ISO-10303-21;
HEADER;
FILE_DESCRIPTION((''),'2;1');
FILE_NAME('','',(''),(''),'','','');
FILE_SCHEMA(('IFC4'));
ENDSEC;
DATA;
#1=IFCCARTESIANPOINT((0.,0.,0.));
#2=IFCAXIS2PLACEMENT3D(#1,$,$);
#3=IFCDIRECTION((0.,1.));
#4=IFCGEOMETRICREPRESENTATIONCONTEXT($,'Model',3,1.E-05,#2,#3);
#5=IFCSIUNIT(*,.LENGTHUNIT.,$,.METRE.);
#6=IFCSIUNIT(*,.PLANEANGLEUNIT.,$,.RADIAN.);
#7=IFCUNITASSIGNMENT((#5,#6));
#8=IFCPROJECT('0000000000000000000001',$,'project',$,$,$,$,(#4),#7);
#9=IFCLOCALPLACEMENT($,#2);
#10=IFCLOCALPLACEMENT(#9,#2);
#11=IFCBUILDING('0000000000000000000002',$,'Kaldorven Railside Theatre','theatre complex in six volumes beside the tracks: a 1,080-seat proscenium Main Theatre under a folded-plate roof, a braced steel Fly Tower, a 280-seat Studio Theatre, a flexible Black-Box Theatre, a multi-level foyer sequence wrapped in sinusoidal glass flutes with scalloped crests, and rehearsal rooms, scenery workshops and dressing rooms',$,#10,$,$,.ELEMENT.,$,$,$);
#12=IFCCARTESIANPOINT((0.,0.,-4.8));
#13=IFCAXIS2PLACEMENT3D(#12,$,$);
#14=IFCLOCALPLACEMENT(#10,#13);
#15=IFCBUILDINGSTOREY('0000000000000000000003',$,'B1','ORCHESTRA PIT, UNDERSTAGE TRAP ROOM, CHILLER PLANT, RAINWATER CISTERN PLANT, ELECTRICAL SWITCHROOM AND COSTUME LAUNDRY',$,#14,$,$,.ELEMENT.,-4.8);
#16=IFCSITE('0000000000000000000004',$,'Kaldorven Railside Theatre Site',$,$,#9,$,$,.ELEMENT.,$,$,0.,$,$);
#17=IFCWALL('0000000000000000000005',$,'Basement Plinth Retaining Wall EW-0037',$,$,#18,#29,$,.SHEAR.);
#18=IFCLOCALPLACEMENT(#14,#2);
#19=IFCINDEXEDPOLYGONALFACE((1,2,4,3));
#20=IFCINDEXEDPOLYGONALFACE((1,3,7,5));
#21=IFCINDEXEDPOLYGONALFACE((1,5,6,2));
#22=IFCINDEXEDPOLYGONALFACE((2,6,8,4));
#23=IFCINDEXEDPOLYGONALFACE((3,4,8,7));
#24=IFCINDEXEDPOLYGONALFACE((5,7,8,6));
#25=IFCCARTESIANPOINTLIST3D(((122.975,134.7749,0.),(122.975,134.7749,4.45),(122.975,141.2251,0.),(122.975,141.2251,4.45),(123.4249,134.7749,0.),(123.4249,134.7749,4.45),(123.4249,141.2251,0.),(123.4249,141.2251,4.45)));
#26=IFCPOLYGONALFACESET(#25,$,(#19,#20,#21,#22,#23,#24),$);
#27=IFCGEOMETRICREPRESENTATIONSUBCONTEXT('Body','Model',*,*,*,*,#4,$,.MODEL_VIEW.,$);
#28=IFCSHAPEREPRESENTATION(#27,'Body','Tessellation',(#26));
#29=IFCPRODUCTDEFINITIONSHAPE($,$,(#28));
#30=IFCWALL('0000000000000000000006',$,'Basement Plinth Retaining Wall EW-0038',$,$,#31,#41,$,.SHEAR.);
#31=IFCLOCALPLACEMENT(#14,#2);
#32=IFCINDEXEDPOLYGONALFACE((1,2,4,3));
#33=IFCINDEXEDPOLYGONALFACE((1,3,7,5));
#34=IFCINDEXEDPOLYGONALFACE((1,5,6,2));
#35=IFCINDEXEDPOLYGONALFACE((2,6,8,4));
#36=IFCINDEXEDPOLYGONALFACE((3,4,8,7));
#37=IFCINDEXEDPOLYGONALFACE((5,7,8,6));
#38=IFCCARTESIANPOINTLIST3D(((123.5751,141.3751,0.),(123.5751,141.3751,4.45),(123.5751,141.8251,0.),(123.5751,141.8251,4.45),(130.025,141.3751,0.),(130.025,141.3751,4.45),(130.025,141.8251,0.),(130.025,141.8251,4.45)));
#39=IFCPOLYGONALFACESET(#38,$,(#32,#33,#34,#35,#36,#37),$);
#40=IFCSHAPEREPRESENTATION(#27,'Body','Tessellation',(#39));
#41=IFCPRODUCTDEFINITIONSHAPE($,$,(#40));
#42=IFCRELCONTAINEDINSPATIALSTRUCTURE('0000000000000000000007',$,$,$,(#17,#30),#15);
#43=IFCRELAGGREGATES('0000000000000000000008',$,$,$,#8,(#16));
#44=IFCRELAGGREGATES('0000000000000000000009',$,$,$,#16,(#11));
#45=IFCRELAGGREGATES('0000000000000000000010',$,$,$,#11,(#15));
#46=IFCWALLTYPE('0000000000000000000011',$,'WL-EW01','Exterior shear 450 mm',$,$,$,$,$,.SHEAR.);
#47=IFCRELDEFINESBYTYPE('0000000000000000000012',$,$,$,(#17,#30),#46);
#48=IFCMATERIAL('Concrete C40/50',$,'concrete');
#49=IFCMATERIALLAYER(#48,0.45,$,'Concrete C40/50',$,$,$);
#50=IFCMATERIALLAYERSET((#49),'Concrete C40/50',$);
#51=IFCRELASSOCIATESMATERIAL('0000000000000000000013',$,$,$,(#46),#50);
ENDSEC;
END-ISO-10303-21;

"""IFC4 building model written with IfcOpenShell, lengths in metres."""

from ifc_helpers import new_model, si_unit, direction, frame, frame_2d, origin, place, context, subcontext, project, spatial, rectangle, extrude, material, layer, layer_set, type_object, element, save


model = new_model("IFC4")

# Units and contexts
model_context = context("Model", 3, precision=1e-05, world=origin(), true_north=direction((0.0, 1.0)))
body_context = subcontext(model_context, "Body", "Model", "MODEL_VIEW")
ifc_project = project(units=[si_unit("LENGTHUNIT", "METRE"), si_unit("PLANEANGLEUNIT", "RADIAN")], contexts=[model_context])

# Site, building, storey
site_placement = place(None, origin())
site = spatial("IfcSite", under=ifc_project, at=site_placement, Name="Kaldorven Railside Theatre Site", CompositionType="ELEMENT", RefElevation=0.0)
building_placement = place(site_placement, origin())
building = spatial("IfcBuilding", under=site, at=building_placement, Name="Kaldorven Railside Theatre", Description="theatre complex in six volumes beside the tracks: a 1,080-seat proscenium Main Theatre under a folded-plate roof, a braced steel Fly Tower, a 280-seat Studio Theatre, a flexible Black-Box Theatre, a multi-level foyer sequence wrapped in sinusoidal glass flutes with scalloped crests, and rehearsal rooms, scenery workshops and dressing rooms", CompositionType="ELEMENT")
storey_placement = place(building_placement, frame((0.0, 0.0, -4.8)))
storey = spatial("IfcBuildingStorey", under=building, at=storey_placement, Name="B1", Description="ORCHESTRA PIT, UNDERSTAGE TRAP ROOM, CHILLER PLANT, RAINWATER CISTERN PLANT, ELECTRICAL SWITCHROOM AND COSTUME LAUNDRY", CompositionType="ELEMENT", Elevation=-4.8)

# Shared definitions
ifc_material_1 = material(Name="Concrete C40/50", Category="concrete")

# Walls
ifc_layer = layer(ifc_material_1, 0.45, Name="Concrete C40/50")
ifc_layer_set = layer_set([ifc_layer], Name="Concrete C40/50")
wall_type = type_object("IfcWallType", Name="WL-EW01", Description="Exterior shear 450 mm", PredefinedType="SHEAR", material=ifc_layer_set)
wall_1_placement = place(storey_placement, frame((123.2, 134.7749, 0.0), z_axis=(0.0, 0.0, 1.0), x_axis=(0.0, 1.0, 0.0)))
element("IfcWall", 1, at=wall_1_placement, inside=storey, type_object=wall_type, Name="Basement Plinth Retaining Wall EW-0037", PredefinedType="SHEAR", context=body_context, shape_type="SweptSolid", body=[
    extrude(rectangle(XDim=6.4502, YDim=0.45, at=frame_2d((3.2251, 0.0))), origin(), (0.0, 0.0, 1.0), 4.45),
])
wall_2_placement = place(storey_placement, frame((123.575, 141.6001, 0.0), z_axis=(0.0, 0.0, 1.0), x_axis=(1.0, 0.0, 0.0)))
element("IfcWall", 2, at=wall_2_placement, inside=storey, type_object=wall_type, Name="Basement Plinth Retaining Wall EW-0038", PredefinedType="SHEAR", context=body_context, shape_type="SweptSolid", body=[
    extrude(rectangle(XDim=6.45, YDim=0.45, at=frame_2d((3.2251, 0.0))), origin(), (0.0, 0.0, 1.0), 4.45),
])

save(model, "model.ifc")
